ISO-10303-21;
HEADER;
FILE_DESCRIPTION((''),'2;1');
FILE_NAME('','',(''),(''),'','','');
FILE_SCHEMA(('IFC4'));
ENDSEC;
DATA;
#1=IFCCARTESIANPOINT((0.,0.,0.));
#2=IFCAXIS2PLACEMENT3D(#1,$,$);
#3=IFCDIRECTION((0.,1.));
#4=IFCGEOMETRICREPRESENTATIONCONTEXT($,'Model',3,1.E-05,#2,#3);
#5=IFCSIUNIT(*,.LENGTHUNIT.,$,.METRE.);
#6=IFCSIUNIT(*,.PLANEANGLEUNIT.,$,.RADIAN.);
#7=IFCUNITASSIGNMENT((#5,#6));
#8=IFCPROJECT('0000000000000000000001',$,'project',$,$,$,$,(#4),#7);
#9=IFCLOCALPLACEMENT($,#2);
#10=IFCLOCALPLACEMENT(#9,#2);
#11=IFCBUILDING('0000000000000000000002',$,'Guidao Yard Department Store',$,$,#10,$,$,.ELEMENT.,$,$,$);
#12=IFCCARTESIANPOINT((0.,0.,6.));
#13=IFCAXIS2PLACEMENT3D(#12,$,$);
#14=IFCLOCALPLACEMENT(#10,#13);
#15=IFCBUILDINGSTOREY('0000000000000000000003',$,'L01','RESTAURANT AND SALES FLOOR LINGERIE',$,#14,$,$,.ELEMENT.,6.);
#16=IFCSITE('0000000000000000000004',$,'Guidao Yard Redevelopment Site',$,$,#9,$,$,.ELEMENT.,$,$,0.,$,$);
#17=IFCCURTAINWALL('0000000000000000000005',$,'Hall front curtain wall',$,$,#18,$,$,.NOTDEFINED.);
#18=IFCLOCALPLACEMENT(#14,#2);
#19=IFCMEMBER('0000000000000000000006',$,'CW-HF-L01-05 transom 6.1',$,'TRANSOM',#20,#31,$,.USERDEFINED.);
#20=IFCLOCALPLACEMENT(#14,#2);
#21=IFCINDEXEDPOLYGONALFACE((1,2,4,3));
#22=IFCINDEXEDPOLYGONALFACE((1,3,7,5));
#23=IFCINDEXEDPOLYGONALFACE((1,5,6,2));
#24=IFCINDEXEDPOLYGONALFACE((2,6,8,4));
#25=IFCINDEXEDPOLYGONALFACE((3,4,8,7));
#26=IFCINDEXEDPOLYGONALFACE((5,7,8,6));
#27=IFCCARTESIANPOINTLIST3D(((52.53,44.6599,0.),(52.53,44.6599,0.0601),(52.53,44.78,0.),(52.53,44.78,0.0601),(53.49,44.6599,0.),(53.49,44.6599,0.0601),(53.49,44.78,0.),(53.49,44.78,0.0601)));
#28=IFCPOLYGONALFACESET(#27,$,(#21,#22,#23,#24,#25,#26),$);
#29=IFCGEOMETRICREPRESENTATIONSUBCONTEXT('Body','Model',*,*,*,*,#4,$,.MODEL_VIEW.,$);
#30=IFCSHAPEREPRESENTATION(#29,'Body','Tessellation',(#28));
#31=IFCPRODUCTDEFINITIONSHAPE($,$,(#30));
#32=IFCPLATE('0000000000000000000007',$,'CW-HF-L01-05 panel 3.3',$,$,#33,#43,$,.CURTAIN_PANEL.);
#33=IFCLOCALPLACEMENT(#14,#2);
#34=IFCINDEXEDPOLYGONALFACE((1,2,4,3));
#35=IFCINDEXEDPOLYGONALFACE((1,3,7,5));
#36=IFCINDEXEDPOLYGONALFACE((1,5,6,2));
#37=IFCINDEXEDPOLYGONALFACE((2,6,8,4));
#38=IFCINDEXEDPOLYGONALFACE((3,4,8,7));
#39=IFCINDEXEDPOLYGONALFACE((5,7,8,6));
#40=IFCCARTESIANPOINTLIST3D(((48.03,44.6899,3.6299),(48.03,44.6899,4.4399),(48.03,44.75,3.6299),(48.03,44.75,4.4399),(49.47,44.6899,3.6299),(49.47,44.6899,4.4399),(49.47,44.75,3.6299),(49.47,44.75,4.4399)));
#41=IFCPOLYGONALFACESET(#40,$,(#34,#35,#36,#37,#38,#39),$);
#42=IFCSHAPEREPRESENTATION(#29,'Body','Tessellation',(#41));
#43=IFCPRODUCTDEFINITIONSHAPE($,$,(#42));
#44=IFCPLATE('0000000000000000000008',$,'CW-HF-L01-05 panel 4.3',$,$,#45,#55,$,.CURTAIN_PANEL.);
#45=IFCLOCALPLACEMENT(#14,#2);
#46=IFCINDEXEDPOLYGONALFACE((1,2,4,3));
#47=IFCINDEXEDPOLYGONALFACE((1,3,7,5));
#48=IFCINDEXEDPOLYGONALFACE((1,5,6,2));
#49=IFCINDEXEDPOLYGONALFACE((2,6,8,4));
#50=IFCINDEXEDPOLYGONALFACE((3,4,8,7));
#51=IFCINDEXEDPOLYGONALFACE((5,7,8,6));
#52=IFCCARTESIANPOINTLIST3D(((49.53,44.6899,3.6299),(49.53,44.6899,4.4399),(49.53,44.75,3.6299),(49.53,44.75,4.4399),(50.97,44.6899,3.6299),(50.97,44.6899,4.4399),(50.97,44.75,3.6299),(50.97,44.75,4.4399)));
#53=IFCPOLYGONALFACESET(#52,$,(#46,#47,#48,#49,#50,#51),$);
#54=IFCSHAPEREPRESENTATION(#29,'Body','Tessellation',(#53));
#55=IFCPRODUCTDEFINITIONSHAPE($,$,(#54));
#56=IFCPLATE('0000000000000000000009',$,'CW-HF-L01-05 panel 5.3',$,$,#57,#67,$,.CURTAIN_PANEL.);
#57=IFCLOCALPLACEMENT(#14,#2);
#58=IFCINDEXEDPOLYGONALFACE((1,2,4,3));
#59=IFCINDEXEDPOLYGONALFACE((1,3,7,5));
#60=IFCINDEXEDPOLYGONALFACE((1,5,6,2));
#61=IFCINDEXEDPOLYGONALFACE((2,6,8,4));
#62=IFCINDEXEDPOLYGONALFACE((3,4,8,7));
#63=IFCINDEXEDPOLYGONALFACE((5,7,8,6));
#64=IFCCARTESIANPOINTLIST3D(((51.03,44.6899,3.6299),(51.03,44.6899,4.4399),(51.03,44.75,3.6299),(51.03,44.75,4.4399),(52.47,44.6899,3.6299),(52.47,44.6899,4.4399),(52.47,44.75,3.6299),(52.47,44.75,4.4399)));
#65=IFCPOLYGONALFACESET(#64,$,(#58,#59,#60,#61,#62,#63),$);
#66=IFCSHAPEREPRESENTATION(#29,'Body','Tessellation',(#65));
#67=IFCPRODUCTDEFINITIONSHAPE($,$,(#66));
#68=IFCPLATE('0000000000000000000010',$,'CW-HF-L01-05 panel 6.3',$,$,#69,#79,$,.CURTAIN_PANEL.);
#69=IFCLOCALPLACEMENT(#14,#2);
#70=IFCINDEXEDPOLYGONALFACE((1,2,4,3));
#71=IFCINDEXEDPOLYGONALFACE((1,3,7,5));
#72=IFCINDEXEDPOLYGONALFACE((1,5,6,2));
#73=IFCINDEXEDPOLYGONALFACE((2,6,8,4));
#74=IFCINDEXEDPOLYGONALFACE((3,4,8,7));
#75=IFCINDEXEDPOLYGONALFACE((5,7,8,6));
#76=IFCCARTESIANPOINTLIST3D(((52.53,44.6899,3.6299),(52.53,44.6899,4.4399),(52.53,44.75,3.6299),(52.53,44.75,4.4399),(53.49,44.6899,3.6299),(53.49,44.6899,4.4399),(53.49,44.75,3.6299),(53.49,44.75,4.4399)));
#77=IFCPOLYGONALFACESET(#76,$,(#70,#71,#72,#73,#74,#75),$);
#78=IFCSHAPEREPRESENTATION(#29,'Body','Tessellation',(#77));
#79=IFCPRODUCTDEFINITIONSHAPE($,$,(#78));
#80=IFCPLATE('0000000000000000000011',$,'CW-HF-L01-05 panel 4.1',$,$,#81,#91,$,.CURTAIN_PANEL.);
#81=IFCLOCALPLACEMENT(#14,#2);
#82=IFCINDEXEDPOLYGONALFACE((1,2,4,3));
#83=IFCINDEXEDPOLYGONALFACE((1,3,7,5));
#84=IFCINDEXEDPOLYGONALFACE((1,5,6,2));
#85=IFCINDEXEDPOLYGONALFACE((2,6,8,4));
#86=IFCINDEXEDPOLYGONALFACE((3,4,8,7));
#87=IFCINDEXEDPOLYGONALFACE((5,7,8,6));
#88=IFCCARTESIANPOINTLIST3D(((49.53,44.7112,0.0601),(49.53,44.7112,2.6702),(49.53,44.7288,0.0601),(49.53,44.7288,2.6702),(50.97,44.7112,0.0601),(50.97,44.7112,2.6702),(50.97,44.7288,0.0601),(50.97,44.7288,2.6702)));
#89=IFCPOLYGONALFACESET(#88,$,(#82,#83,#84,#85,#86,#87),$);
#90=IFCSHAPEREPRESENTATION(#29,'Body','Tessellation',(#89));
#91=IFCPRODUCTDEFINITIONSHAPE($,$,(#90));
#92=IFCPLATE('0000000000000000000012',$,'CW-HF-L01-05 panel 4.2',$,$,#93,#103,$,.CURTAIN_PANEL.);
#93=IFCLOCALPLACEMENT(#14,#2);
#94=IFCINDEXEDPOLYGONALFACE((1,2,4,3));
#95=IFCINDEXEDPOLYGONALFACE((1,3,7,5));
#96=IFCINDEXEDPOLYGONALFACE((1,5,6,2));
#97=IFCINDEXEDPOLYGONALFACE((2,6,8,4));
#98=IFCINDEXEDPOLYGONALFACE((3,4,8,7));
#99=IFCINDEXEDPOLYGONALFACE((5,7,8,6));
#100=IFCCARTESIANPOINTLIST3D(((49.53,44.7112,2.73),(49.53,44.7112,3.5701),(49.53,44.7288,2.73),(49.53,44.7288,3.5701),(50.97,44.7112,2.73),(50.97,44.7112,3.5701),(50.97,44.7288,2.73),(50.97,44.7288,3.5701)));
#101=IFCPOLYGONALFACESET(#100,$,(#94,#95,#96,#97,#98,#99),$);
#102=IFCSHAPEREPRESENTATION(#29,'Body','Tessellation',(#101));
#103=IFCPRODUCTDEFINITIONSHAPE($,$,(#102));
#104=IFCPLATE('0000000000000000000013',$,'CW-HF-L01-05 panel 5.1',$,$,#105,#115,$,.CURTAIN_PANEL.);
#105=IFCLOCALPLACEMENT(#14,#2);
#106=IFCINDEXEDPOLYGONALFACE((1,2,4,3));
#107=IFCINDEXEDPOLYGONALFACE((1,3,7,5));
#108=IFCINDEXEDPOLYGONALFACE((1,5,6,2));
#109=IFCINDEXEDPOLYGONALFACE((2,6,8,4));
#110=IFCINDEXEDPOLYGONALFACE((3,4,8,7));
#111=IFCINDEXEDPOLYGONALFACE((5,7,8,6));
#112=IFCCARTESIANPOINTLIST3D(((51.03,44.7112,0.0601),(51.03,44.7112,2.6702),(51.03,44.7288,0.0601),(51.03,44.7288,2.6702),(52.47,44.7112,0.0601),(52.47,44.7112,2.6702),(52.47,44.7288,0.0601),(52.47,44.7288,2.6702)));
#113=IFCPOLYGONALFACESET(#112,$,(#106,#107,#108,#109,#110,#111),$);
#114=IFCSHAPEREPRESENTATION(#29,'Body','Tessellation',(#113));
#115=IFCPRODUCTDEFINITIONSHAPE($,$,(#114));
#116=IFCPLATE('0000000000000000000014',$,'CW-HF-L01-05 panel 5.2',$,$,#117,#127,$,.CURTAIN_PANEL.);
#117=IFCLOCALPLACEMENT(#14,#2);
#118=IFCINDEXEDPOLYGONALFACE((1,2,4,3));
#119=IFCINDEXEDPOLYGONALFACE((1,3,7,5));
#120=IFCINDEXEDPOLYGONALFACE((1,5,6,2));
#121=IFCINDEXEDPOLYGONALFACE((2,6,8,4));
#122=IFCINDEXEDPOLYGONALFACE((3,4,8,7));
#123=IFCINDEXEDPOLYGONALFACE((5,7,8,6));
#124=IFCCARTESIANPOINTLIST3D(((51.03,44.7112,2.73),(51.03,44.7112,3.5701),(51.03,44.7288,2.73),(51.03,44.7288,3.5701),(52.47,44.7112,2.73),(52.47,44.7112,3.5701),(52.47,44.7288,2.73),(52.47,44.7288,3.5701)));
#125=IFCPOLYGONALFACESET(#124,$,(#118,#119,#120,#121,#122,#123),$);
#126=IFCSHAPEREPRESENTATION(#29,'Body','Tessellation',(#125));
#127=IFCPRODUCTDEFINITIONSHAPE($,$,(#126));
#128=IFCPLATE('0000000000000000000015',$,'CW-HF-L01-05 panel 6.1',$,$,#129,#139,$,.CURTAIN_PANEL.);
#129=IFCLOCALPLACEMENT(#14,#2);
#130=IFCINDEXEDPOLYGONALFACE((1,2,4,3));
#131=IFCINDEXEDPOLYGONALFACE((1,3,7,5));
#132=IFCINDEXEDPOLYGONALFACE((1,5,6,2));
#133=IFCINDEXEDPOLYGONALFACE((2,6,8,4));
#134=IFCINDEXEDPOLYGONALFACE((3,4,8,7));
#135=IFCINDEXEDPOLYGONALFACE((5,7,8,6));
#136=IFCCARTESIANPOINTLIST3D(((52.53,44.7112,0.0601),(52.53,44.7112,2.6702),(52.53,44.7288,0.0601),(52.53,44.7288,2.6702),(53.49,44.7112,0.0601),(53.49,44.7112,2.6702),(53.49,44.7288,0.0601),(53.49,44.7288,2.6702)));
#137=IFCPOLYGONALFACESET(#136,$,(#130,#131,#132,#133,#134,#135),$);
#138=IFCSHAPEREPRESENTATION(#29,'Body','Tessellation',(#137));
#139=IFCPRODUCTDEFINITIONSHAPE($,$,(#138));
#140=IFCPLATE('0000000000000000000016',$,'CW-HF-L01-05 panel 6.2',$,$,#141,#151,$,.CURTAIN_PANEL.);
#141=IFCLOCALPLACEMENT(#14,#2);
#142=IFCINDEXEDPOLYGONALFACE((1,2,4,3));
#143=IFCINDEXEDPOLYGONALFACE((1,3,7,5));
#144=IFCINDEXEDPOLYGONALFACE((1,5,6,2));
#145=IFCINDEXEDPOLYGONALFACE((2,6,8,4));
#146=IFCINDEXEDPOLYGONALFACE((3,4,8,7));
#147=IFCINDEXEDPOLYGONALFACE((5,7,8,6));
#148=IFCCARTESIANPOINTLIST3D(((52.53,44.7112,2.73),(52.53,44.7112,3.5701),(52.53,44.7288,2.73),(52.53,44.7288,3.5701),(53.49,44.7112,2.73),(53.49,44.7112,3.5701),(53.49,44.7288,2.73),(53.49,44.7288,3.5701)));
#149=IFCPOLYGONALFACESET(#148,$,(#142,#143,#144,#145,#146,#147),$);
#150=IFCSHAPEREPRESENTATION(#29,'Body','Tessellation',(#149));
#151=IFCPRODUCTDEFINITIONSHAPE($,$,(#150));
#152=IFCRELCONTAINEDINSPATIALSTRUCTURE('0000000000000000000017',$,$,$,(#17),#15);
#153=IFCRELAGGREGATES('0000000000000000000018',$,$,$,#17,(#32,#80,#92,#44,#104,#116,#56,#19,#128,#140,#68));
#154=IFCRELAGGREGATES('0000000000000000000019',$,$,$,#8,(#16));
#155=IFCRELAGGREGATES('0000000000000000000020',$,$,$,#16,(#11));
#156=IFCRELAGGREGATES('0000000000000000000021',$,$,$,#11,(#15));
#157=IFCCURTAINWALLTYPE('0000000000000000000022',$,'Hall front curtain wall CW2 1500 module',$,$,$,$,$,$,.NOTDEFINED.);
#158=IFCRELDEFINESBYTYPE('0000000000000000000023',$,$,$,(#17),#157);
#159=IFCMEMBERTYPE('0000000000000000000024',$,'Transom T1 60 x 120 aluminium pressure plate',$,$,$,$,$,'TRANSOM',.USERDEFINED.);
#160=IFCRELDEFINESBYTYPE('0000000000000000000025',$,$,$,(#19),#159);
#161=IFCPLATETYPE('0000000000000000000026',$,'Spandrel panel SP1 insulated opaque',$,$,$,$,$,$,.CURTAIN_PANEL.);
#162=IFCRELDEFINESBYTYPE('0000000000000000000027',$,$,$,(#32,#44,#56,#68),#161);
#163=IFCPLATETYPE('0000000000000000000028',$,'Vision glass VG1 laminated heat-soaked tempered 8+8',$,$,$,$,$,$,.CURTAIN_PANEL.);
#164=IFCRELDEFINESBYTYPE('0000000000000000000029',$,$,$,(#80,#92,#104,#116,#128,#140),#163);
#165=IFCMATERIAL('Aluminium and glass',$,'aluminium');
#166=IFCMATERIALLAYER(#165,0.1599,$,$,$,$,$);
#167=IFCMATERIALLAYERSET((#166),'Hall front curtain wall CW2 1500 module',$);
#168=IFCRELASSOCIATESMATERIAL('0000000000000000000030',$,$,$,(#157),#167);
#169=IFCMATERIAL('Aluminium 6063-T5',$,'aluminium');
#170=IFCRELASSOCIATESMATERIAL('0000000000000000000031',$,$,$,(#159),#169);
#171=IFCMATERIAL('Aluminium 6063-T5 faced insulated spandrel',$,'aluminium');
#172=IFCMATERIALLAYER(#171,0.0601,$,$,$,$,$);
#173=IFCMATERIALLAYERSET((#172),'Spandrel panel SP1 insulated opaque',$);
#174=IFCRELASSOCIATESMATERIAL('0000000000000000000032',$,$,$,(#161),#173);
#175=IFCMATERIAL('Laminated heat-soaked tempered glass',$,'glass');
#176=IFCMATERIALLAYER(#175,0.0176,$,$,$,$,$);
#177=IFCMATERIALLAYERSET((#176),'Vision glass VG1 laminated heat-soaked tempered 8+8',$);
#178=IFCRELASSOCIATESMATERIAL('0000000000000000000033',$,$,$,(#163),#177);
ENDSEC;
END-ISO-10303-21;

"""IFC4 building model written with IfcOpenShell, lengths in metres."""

from ifc_helpers import new_model, si_unit, direction, frame, origin, origin_2d, place, context, subcontext, project, spatial, rectangle, extrude, material, layer, layer_set, material_profile, profile_set, type_object, element, aggregate, save


model = new_model("IFC4")

# Units and contexts
model_context = context("Model", 3, precision=1e-05, world=origin(), true_north=direction((0.0, 1.0)))
body_context = subcontext(model_context, "Body", "Model", "MODEL_VIEW")
ifc_project = project(units=[si_unit("LENGTHUNIT", "METRE"), si_unit("PLANEANGLEUNIT", "RADIAN")], contexts=[model_context])

# Site, building, storey
site_placement = place(None, origin())
site = spatial("IfcSite", under=ifc_project, at=site_placement, Name="Guidao Yard Redevelopment Site", CompositionType="ELEMENT", RefElevation=0.0)
building_placement = place(site_placement, origin())
building = spatial("IfcBuilding", under=site, at=building_placement, Name="Guidao Yard Department Store", CompositionType="ELEMENT")
storey_placement = place(building_placement, frame((0.0, 0.0, 6.0)))
storey = spatial("IfcBuildingStorey", under=building, at=storey_placement, Name="L01", Description="RESTAURANT AND SALES FLOOR LINGERIE", CompositionType="ELEMENT", Elevation=6.0)

# Curtain wall, member, plates
ifc_material_1 = material(Name="Aluminium and glass", Category="aluminium")
ifc_layer_1 = layer(ifc_material_1, 0.1599)
ifc_layer_set_1 = layer_set([ifc_layer_1], Name="Hall front curtain wall CW2 1500 module")
curtain_wall_type = type_object("IfcCurtainWallType", Name="Hall front curtain wall CW2 1500 module", PredefinedType="NOTDEFINED", material=ifc_layer_set_1)
curtain_wall_placement = place(storey_placement, origin())
curtain_wall = element("IfcCurtainWall", 1, at=curtain_wall_placement, inside=storey, type_object=curtain_wall_type, Name="Hall front curtain wall", PredefinedType="NOTDEFINED")
ifc_material_2 = material(Name="Aluminium 6063-T5", Category="aluminium")
ifc_material_profile_1 = material_profile(ifc_material_2, rectangle(XDim=0.1201, YDim=0.0601, at=origin_2d()), Name="Transom T1 60 x 120 aluminium pressure plate")
ifc_profile_set_1 = profile_set([ifc_material_profile_1], Name="Aluminium 6063-T5")
member_type_1 = type_object("IfcMemberType", Name="Transom T1 60 x 120 aluminium pressure plate", ElementType="TRANSOM", PredefinedType="USERDEFINED", material=ifc_profile_set_1)
member_1_placement = place(storey_placement, frame((53.49, 44.72, 0.03), z_axis=(-1.0, 0.0, 0.0), x_axis=(0.0, -1.0, 0.0)))
member_1 = element("IfcMember", 2, at=member_1_placement, type_object=member_type_1, Name="CW-HF-L01-05 transom 6.1", ObjectType="TRANSOM", PredefinedType="USERDEFINED", context=body_context, shape_type="SweptSolid", body=[
    extrude(rectangle(XDim=0.1201, YDim=0.0601, at=origin_2d()), origin(), (0.0, 0.0, 1.0), 0.96),
])
ifc_material_3 = material(Name="Aluminium 6063-T5 faced insulated spandrel", Category="aluminium")
ifc_layer_2 = layer(ifc_material_3, 0.0601)
ifc_layer_set_2 = layer_set([ifc_layer_2], Name="Spandrel panel SP1 insulated opaque")
plate_type_1 = type_object("IfcPlateType", Name="Spandrel panel SP1 insulated opaque", PredefinedType="CURTAIN_PANEL", material=ifc_layer_set_2)
plate_1_placement = place(storey_placement, frame((48.75, 44.72, 3.6299), z_axis=(0.0, 0.0, 1.0), x_axis=(-1.0, 0.0, 0.0)))
plate_1 = element("IfcPlate", 3, at=plate_1_placement, type_object=plate_type_1, Name="CW-HF-L01-05 panel 3.3", PredefinedType="CURTAIN_PANEL", context=body_context, shape_type="SweptSolid", body=[
    extrude(rectangle(XDim=1.4399, YDim=0.0601, at=origin_2d()), origin(), (0.0, 0.0, 1.0), 0.8101),
])
plate_2_placement = place(storey_placement, frame((50.25, 44.72, 3.6299), z_axis=(0.0, 0.0, 1.0), x_axis=(-1.0, 0.0, 0.0)))
plate_2 = element("IfcPlate", 4, at=plate_2_placement, type_object=plate_type_1, Name="CW-HF-L01-05 panel 4.3", PredefinedType="CURTAIN_PANEL", context=body_context, shape_type="SweptSolid", body=[
    extrude(rectangle(XDim=1.4399, YDim=0.0601, at=origin_2d()), origin(), (0.0, 0.0, 1.0), 0.8101),
])
plate_3_placement = place(storey_placement, frame((51.75, 44.72, 3.6299), z_axis=(0.0, 0.0, 1.0), x_axis=(-1.0, 0.0, 0.0)))
plate_3 = element("IfcPlate", 5, at=plate_3_placement, type_object=plate_type_1, Name="CW-HF-L01-05 panel 5.3", PredefinedType="CURTAIN_PANEL", context=body_context, shape_type="SweptSolid", body=[
    extrude(rectangle(XDim=1.4399, YDim=0.0601, at=origin_2d()), origin(), (0.0, 0.0, 1.0), 0.8101),
])
plate_4_placement = place(storey_placement, frame((53.01, 44.72, 3.6299), z_axis=(0.0, 0.0, 1.0), x_axis=(-1.0, 0.0, 0.0)))
plate_4 = element("IfcPlate", 6, at=plate_4_placement, type_object=plate_type_1, Name="CW-HF-L01-05 panel 6.3", PredefinedType="CURTAIN_PANEL", context=body_context, shape_type="SweptSolid", body=[
    extrude(rectangle(XDim=0.96, YDim=0.0601, at=origin_2d()), origin(), (0.0, 0.0, 1.0), 0.8101),
])
ifc_material_4 = material(Name="Laminated heat-soaked tempered glass", Category="glass")
ifc_layer_3 = layer(ifc_material_4, 0.0176)
ifc_layer_set_3 = layer_set([ifc_layer_3], Name="Vision glass VG1 laminated heat-soaked tempered 8+8")
plate_type_2 = type_object("IfcPlateType", Name="Vision glass VG1 laminated heat-soaked tempered 8+8", PredefinedType="CURTAIN_PANEL", material=ifc_layer_set_3)
plate_5_placement = place(storey_placement, frame((50.25, 44.72, 0.0601), z_axis=(0.0, 0.0, 1.0), x_axis=(-1.0, 0.0, 0.0)))
plate_5 = element("IfcPlate", 7, at=plate_5_placement, type_object=plate_type_2, Name="CW-HF-L01-05 panel 4.1", PredefinedType="CURTAIN_PANEL", context=body_context, shape_type="SweptSolid", body=[
    extrude(rectangle(XDim=1.4399, YDim=0.0176, at=origin_2d()), origin(), (0.0, 0.0, 1.0), 2.6101),
])
plate_6_placement = place(storey_placement, frame((50.25, 44.72, 2.73), z_axis=(0.0, 0.0, 1.0), x_axis=(-1.0, 0.0, 0.0)))
plate_6 = element("IfcPlate", 8, at=plate_6_placement, type_object=plate_type_2, Name="CW-HF-L01-05 panel 4.2", PredefinedType="CURTAIN_PANEL", context=body_context, shape_type="SweptSolid", body=[
    extrude(rectangle(XDim=1.4399, YDim=0.0176, at=origin_2d()), origin(), (0.0, 0.0, 1.0), 0.8401),
])
plate_7_placement = place(storey_placement, frame((51.75, 44.72, 0.0601), z_axis=(0.0, 0.0, 1.0), x_axis=(-1.0, 0.0, 0.0)))
plate_7 = element("IfcPlate", 9, at=plate_7_placement, type_object=plate_type_2, Name="CW-HF-L01-05 panel 5.1", PredefinedType="CURTAIN_PANEL", context=body_context, shape_type="SweptSolid", body=[
    extrude(rectangle(XDim=1.4399, YDim=0.0176, at=origin_2d()), origin(), (0.0, 0.0, 1.0), 2.6101),
])
plate_8_placement = place(storey_placement, frame((51.75, 44.72, 2.73), z_axis=(0.0, 0.0, 1.0), x_axis=(-1.0, 0.0, 0.0)))
plate_8 = element("IfcPlate", 10, at=plate_8_placement, type_object=plate_type_2, Name="CW-HF-L01-05 panel 5.2", PredefinedType="CURTAIN_PANEL", context=body_context, shape_type="SweptSolid", body=[
    extrude(rectangle(XDim=1.4399, YDim=0.0176, at=origin_2d()), origin(), (0.0, 0.0, 1.0), 0.8401),
])
plate_9_placement = place(storey_placement, frame((53.01, 44.72, 0.0601), z_axis=(0.0, 0.0, 1.0), x_axis=(-1.0, 0.0, 0.0)))
plate_9 = element("IfcPlate", 11, at=plate_9_placement, type_object=plate_type_2, Name="CW-HF-L01-05 panel 6.1", PredefinedType="CURTAIN_PANEL", context=body_context, shape_type="SweptSolid", body=[
    extrude(rectangle(XDim=0.96, YDim=0.0176, at=origin_2d()), origin(), (0.0, 0.0, 1.0), 2.6101),
])
plate_10_placement = place(storey_placement, frame((53.01, 44.72, 2.73), z_axis=(0.0, 0.0, 1.0), x_axis=(-1.0, 0.0, 0.0)))
plate_10 = element("IfcPlate", 12, at=plate_10_placement, type_object=plate_type_2, Name="CW-HF-L01-05 panel 6.2", PredefinedType="CURTAIN_PANEL", context=body_context, shape_type="SweptSolid", body=[
    extrude(rectangle(XDim=0.96, YDim=0.0176, at=origin_2d()), origin(), (0.0, 0.0, 1.0), 0.8401),
])
aggregate(curtain_wall, [plate_1, plate_5, plate_6, plate_2, plate_7, plate_8, plate_3, member_1, plate_9, plate_10, plate_4])

save(model, "model.ifc")
